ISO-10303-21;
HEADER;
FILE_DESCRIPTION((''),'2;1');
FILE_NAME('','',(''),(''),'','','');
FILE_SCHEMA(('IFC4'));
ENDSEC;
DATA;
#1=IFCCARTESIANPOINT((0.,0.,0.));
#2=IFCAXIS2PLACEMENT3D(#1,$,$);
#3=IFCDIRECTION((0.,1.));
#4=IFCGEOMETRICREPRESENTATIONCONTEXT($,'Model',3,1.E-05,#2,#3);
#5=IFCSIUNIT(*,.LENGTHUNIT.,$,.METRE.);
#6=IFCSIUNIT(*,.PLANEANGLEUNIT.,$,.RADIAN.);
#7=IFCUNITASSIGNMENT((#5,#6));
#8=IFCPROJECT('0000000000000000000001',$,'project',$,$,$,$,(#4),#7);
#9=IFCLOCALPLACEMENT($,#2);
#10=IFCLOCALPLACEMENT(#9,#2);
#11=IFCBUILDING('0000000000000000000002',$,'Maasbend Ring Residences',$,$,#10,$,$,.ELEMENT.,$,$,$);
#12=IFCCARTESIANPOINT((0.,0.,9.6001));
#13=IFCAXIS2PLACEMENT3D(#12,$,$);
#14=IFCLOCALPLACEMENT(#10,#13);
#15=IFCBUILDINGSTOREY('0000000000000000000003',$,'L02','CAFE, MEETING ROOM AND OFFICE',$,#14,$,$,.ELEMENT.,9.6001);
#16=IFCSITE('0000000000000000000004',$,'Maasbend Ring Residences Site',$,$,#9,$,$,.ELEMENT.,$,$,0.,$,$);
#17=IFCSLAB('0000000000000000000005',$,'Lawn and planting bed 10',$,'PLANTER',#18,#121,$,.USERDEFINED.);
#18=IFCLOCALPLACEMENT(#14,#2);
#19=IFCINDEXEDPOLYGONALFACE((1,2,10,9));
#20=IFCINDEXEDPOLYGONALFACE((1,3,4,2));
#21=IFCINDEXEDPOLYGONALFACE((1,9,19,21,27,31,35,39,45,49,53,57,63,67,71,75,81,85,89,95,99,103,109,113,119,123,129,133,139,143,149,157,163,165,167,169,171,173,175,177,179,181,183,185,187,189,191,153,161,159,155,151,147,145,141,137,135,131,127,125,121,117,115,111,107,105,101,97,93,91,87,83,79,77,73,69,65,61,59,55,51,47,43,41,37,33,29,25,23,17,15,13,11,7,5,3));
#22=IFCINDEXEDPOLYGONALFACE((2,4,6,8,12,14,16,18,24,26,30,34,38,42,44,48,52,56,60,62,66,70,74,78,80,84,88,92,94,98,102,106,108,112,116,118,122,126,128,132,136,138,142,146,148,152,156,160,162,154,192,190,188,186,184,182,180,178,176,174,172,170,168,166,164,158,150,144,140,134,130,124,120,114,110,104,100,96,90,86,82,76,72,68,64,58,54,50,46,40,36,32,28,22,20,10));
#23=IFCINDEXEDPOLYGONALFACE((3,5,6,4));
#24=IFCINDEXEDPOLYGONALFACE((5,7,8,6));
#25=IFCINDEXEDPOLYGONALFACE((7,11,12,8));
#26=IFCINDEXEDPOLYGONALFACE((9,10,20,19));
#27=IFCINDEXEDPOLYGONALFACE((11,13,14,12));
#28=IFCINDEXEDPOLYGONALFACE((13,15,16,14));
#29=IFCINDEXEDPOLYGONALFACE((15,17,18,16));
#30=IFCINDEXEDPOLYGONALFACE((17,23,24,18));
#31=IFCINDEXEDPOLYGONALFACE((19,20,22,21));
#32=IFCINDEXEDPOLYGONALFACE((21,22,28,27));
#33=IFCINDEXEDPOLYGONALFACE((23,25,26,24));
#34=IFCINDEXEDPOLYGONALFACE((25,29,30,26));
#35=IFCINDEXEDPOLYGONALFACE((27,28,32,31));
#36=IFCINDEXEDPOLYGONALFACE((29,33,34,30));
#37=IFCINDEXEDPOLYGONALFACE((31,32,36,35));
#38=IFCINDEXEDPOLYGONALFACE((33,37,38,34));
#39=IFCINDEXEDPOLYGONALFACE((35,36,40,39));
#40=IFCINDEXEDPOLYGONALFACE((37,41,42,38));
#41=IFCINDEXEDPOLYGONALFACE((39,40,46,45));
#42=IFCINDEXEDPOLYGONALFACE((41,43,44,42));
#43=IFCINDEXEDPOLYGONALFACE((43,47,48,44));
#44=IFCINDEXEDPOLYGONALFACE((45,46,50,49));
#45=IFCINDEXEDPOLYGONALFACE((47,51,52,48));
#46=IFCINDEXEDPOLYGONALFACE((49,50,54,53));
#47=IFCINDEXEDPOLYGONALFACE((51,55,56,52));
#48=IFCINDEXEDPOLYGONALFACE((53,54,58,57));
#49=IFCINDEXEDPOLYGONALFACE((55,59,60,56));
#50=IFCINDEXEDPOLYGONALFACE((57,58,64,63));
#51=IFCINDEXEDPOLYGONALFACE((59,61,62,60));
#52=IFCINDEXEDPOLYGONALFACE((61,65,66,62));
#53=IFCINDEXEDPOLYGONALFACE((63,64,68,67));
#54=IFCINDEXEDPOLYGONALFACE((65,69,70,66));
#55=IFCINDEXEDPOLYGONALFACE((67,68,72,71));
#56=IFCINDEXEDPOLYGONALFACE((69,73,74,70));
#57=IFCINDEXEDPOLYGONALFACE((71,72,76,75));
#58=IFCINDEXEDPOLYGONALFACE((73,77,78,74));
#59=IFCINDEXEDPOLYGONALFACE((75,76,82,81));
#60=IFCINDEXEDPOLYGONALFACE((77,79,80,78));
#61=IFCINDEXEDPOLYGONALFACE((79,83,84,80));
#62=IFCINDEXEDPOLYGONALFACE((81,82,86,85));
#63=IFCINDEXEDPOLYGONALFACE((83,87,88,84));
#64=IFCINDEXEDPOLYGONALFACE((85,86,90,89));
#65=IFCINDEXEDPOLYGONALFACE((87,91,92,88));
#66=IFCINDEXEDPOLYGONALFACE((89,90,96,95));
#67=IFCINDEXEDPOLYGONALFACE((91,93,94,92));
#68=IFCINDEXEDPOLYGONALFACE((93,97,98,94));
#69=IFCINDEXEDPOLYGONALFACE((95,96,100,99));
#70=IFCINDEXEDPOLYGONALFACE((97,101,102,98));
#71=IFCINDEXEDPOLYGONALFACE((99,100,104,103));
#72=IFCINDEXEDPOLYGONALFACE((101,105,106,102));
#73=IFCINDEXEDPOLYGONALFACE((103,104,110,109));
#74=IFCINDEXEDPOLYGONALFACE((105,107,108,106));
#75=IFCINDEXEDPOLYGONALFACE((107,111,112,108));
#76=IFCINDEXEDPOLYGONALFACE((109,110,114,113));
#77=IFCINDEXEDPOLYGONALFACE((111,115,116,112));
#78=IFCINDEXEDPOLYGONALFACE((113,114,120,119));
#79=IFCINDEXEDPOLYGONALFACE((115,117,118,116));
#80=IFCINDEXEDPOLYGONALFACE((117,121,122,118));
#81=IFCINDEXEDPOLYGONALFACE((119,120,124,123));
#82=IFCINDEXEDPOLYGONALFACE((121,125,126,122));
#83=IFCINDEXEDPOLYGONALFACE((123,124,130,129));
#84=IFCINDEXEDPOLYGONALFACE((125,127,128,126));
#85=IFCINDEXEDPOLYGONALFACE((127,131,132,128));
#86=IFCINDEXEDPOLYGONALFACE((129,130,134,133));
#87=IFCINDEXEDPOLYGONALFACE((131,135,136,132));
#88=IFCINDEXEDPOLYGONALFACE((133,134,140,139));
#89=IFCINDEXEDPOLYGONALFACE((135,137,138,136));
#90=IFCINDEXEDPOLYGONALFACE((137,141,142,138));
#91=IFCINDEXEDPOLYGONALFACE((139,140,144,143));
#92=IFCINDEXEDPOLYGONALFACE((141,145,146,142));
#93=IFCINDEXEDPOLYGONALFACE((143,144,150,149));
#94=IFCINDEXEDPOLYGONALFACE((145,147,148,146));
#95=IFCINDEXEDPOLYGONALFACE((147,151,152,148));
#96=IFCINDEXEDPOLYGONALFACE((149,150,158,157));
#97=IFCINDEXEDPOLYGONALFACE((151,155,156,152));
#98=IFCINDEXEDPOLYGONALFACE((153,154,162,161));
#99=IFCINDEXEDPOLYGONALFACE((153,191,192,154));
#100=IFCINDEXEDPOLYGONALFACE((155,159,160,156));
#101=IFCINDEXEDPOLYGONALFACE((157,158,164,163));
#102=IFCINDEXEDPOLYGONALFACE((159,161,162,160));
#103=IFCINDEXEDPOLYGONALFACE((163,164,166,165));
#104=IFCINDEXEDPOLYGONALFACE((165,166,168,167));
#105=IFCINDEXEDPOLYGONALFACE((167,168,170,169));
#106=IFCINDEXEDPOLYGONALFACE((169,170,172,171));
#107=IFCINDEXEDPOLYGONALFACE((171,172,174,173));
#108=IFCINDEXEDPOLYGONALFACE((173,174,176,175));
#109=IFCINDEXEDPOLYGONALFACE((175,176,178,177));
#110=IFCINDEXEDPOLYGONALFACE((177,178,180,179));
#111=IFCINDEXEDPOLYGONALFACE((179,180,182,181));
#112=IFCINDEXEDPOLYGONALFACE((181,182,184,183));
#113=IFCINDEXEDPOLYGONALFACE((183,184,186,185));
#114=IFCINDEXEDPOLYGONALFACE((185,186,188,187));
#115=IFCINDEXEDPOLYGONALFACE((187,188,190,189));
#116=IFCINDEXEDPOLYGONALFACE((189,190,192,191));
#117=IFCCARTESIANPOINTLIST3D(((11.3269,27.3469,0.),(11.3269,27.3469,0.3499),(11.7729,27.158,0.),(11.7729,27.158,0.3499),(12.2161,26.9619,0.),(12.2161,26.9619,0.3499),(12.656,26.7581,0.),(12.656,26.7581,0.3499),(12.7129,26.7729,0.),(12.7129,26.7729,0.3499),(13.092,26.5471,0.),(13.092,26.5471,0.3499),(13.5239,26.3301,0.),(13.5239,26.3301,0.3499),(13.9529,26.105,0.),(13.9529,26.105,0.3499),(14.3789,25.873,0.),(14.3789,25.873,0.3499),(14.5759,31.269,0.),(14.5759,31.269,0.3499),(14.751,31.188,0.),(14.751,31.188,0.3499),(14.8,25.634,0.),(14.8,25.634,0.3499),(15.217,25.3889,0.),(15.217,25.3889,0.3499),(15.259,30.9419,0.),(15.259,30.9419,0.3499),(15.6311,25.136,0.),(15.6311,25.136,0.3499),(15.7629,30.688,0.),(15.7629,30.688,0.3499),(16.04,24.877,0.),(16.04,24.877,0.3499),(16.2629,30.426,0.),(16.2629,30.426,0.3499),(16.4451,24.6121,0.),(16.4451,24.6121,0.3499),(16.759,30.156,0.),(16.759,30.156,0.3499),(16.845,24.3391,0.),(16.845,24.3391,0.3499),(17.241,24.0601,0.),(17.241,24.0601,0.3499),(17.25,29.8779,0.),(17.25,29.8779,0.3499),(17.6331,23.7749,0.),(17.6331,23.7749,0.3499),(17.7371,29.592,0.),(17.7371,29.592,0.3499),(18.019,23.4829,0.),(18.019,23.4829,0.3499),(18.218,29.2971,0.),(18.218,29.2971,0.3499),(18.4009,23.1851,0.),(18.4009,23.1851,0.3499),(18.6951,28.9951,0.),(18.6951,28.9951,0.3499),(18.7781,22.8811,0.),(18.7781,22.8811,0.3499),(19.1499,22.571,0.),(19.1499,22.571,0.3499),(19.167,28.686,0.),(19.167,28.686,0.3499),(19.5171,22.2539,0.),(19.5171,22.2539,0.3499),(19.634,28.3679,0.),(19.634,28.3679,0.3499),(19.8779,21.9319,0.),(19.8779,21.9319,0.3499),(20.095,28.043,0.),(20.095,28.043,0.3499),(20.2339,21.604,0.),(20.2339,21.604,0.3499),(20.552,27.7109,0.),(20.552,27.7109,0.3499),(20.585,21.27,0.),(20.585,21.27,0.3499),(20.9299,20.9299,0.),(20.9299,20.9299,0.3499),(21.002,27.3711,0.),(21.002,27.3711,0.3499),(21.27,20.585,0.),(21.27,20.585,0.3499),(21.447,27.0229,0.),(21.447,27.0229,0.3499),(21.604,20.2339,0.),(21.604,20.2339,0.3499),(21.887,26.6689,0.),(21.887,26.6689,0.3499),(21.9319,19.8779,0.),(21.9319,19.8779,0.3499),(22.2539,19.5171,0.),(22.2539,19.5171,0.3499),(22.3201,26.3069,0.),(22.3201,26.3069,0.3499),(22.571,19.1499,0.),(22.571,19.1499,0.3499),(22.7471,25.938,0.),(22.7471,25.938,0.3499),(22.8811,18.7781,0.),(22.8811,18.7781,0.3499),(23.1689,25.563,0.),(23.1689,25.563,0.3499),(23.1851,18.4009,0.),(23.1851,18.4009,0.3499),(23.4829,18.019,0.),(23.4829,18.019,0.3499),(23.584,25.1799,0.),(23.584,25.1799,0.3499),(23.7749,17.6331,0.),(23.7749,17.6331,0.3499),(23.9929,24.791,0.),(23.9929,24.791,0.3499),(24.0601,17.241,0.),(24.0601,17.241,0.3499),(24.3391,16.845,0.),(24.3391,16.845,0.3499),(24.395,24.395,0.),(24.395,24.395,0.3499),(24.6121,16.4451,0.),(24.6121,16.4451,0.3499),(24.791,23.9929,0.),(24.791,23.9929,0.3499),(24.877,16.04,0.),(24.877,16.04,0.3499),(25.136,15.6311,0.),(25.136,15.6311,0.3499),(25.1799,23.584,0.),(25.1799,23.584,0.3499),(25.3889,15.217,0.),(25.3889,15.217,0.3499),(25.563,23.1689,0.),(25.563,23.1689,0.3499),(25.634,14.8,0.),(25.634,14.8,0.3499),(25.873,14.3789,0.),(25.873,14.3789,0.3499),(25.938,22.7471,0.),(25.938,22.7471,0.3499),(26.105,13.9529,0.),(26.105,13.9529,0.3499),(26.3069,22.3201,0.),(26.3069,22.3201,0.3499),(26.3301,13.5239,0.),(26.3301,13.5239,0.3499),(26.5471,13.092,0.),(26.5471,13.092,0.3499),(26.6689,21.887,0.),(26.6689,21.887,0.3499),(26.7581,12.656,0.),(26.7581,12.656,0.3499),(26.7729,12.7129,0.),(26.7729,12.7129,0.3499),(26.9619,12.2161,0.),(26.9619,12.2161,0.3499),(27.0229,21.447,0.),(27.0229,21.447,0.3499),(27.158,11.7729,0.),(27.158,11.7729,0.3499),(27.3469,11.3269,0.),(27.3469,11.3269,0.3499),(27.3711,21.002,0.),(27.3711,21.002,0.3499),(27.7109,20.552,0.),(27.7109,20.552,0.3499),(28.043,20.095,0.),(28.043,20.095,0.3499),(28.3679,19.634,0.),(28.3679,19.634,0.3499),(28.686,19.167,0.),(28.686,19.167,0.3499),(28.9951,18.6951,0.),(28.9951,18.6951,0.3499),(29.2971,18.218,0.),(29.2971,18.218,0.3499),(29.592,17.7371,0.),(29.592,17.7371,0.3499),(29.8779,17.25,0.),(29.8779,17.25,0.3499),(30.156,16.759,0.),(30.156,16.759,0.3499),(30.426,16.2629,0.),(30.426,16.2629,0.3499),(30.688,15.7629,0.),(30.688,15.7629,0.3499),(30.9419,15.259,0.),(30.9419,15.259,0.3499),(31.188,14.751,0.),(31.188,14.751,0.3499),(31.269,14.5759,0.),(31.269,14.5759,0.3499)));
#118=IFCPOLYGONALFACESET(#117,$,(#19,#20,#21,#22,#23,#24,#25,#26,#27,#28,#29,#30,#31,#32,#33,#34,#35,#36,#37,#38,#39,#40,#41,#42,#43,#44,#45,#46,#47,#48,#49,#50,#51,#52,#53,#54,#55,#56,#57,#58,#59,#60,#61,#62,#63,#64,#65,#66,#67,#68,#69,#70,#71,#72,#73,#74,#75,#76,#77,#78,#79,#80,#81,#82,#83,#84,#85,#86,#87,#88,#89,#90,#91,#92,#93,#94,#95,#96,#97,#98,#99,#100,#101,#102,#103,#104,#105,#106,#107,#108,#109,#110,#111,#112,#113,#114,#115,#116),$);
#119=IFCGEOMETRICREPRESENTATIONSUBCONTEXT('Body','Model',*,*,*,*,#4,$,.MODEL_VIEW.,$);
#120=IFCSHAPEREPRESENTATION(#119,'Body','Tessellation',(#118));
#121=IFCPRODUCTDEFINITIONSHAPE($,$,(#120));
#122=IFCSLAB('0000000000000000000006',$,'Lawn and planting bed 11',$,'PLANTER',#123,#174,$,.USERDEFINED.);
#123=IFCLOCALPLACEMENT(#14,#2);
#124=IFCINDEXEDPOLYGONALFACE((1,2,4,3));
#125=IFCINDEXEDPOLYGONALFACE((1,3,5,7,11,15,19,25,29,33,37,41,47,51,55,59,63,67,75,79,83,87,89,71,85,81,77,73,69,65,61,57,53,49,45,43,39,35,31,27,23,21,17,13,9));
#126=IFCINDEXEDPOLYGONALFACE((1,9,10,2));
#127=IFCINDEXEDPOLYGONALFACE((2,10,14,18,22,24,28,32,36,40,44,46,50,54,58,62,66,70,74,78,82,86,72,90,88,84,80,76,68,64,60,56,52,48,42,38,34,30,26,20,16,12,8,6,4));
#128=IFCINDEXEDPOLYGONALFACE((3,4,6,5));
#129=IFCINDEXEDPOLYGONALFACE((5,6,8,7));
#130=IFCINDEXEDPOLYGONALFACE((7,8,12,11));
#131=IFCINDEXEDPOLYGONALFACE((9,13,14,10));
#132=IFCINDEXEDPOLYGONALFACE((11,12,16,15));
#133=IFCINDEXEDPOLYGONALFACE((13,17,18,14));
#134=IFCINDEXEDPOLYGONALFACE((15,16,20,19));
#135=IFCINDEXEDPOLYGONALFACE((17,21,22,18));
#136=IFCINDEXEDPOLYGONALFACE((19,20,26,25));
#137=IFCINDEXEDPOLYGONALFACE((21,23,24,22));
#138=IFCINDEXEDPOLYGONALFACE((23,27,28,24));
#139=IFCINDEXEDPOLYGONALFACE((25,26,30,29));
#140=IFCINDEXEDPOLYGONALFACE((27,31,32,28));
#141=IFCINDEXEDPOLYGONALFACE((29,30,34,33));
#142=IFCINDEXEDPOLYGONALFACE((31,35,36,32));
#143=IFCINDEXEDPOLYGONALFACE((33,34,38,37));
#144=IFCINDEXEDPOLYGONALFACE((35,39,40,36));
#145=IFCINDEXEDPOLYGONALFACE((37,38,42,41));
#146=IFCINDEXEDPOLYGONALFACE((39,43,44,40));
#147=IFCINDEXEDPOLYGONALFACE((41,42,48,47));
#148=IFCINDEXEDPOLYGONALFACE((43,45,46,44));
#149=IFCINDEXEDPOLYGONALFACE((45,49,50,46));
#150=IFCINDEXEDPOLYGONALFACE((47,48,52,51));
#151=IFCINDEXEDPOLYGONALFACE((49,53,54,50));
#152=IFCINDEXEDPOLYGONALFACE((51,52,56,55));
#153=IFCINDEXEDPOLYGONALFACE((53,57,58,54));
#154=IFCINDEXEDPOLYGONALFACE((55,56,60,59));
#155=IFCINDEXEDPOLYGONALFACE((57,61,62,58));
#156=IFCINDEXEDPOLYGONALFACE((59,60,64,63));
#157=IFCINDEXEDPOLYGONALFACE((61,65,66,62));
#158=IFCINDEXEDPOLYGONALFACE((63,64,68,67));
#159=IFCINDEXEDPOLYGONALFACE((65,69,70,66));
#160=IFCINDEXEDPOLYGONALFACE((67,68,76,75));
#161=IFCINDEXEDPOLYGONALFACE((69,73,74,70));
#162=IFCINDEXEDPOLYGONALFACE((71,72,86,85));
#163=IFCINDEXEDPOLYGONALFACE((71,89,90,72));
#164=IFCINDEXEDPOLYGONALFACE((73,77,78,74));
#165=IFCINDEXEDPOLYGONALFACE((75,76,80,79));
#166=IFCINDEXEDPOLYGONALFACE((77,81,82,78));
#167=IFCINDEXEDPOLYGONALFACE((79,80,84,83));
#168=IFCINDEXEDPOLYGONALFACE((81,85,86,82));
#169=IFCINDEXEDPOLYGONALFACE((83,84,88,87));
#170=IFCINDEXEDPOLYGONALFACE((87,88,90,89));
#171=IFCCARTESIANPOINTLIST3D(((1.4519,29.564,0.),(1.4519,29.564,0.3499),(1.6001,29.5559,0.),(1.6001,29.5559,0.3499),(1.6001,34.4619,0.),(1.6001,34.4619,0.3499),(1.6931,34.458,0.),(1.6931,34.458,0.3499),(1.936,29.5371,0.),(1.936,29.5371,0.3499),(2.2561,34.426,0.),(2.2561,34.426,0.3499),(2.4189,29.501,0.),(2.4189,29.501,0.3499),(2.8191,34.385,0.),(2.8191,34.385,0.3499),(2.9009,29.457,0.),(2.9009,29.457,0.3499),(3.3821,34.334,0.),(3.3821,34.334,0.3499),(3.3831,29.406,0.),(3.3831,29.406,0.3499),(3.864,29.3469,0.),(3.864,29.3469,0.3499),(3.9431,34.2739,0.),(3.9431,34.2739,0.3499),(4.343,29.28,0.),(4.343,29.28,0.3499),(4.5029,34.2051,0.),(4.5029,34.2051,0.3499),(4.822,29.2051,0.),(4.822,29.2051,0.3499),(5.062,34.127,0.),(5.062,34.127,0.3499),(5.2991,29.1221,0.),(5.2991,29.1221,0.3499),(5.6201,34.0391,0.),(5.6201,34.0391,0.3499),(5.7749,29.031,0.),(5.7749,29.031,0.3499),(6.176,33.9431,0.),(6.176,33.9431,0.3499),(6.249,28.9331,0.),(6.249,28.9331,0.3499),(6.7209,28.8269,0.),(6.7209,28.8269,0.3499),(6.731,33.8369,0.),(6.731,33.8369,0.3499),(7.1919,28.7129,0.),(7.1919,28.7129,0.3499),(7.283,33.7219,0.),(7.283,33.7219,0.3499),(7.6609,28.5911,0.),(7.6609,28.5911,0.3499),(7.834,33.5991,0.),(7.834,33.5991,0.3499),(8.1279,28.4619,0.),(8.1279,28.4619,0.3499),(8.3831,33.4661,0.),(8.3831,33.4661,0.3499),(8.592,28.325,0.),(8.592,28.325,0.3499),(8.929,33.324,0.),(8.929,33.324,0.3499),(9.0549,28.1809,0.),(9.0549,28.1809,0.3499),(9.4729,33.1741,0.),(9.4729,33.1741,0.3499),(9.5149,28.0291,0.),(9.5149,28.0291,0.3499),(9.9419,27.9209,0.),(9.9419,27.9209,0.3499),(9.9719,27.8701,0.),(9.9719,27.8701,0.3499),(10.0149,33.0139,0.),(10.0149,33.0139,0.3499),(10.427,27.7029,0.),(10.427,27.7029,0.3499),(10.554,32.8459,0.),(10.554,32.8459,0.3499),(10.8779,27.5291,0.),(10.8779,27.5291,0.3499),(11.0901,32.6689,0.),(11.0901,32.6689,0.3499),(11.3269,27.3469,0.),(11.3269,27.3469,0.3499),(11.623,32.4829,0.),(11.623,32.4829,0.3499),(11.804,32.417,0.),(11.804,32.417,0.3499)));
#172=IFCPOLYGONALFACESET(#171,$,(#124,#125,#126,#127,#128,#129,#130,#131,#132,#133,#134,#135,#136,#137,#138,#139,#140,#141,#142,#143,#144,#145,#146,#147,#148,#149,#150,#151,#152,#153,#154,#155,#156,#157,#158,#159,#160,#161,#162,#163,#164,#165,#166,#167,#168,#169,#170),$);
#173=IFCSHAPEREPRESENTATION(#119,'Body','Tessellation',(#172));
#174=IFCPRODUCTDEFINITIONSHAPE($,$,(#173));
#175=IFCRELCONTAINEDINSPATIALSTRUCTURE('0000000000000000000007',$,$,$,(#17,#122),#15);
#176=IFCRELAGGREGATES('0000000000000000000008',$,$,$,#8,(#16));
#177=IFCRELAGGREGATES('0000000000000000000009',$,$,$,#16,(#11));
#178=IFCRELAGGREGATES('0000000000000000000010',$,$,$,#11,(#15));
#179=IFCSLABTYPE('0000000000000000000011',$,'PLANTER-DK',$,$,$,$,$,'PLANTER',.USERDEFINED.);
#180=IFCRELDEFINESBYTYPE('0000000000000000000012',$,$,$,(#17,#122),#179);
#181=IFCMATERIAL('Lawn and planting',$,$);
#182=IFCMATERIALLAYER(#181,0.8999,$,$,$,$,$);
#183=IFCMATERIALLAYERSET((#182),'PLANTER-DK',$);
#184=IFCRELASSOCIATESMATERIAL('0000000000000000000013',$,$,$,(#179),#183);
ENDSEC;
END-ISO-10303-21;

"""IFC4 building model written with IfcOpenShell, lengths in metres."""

from ifc_helpers import new_model, si_unit, direction, frame, origin, place, context, subcontext, project, spatial, polyline, outline, extrude, material, layer, layer_set, type_object, element, save


model = new_model("IFC4")

# Units and contexts
model_context = context("Model", 3, precision=1e-05, world=origin(), true_north=direction((0.0, 1.0)))
body_context = subcontext(model_context, "Body", "Model", "MODEL_VIEW")
ifc_project = project(units=[si_unit("LENGTHUNIT", "METRE"), si_unit("PLANEANGLEUNIT", "RADIAN")], contexts=[model_context])

# Site, building, storey
site_placement = place(None, origin())
site = spatial("IfcSite", under=ifc_project, at=site_placement, Name="Maasbend Ring Residences Site", CompositionType="ELEMENT", RefElevation=0.0)
building_placement = place(site_placement, origin())
building = spatial("IfcBuilding", under=site, at=building_placement, Name="Maasbend Ring Residences", CompositionType="ELEMENT")
storey_placement = place(building_placement, frame((0.0, 0.0, 9.6001)))
storey = spatial("IfcBuildingStorey", under=building, at=storey_placement, Name="L02", Description="CAFE, MEETING ROOM AND OFFICE", CompositionType="ELEMENT", Elevation=9.6001)

# Slabs
ifc_material = material(Name="Lawn and planting")
ifc_layer = layer(ifc_material, 0.8999)
ifc_layer_set = layer_set([ifc_layer], Name="PLANTER-DK")
slab_type = type_object("IfcSlabType", Name="PLANTER-DK", ElementType="PLANTER", PredefinedType="USERDEFINED", material=ifc_layer_set)
slab_1_placement = place(storey_placement, origin())
element("IfcSlab", 1, at=slab_1_placement, inside=storey, type_object=slab_type, Name="Lawn and planting bed 10", ObjectType="PLANTER", PredefinedType="USERDEFINED", context=body_context, shape_type="SweptSolid", body=[
    extrude(outline(polyline([(26.9619, 12.2161), (26.7581, 12.656), (26.5471, 13.092), (26.3301, 13.5239), (26.105, 13.9529), (25.873, 14.3789), (25.634, 14.8), (25.3889, 15.217), (25.136, 15.6311), (24.877, 16.04), (24.6121, 16.4451), (24.3391, 16.845), (24.0601, 17.241), (23.7749, 17.6331), (23.4829, 18.019), (23.1851, 18.4009), (22.8811, 18.7781), (22.571, 19.1499), (22.2539, 19.5171), (21.9319, 19.8779), (21.604, 20.2339), (21.27, 20.585), (20.9299, 20.9299), (20.585, 21.27), (20.2339, 21.604), (19.8779, 21.9319), (19.5171, 22.2539), (19.1499, 22.571), (18.7781, 22.8811), (18.4009, 23.1851), (18.019, 23.4829), (17.6331, 23.7749), (17.241, 24.0601), (16.845, 24.3391), (16.4451, 24.6121), (16.04, 24.877), (15.6311, 25.136), (15.217, 25.3889), (14.8, 25.634), (14.3789, 25.873), (13.9529, 26.105), (13.5239, 26.3301), (13.092, 26.5471), (12.656, 26.7581), (12.2161, 26.9619), (11.7729, 27.158), (11.3269, 27.3469), (12.7129, 26.7729), (14.5759, 31.269), (14.751, 31.188), (15.259, 30.9419), (15.7629, 30.688), (16.2629, 30.426), (16.759, 30.156), (17.25, 29.8779), (17.7371, 29.592), (18.218, 29.2971), (18.6951, 28.9951), (19.167, 28.686), (19.634, 28.3679), (20.095, 28.043), (20.552, 27.7109), (21.002, 27.3711), (21.447, 27.0229), (21.887, 26.6689), (22.3201, 26.3069), (22.7471, 25.938), (23.1689, 25.563), (23.584, 25.1799), (23.9929, 24.791), (24.395, 24.395), (24.791, 23.9929), (25.1799, 23.584), (25.563, 23.1689), (25.938, 22.7471), (26.3069, 22.3201), (26.6689, 21.887), (27.0229, 21.447), (27.3711, 21.002), (27.7109, 20.552), (28.043, 20.095), (28.3679, 19.634), (28.686, 19.167), (28.9951, 18.6951), (29.2971, 18.218), (29.592, 17.7371), (29.8779, 17.25), (30.156, 16.759), (30.426, 16.2629), (30.688, 15.7629), (30.9419, 15.259), (31.188, 14.751), (31.269, 14.5759), (26.7729, 12.7129), (27.3469, 11.3269), (27.158, 11.7729), (26.9619, 12.2161)])), origin(), (0.0, 0.0, 1.0), 0.3499),
])
slab_2_placement = place(storey_placement, origin())
element("IfcSlab", 2, at=slab_2_placement, inside=storey, type_object=slab_type, Name="Lawn and planting bed 11", ObjectType="PLANTER", PredefinedType="USERDEFINED", context=body_context, shape_type="SweptSolid", body=[
    extrude(outline(polyline([(10.427, 27.7029), (9.9719, 27.8701), (9.5149, 28.0291), (9.0549, 28.1809), (8.592, 28.325), (8.1279, 28.4619), (7.6609, 28.5911), (7.1919, 28.7129), (6.7209, 28.8269), (6.249, 28.9331), (5.7749, 29.031), (5.2991, 29.1221), (4.822, 29.2051), (4.343, 29.28), (3.864, 29.3469), (3.3831, 29.406), (2.9009, 29.457), (2.4189, 29.501), (1.936, 29.5371), (1.4519, 29.564), (1.6001, 29.5559), (1.6001, 34.4619), (1.6931, 34.458), (2.2561, 34.426), (2.8191, 34.385), (3.3821, 34.334), (3.9431, 34.2739), (4.5029, 34.2051), (5.062, 34.127), (5.6201, 34.0391), (6.176, 33.9431), (6.731, 33.8369), (7.283, 33.7219), (7.834, 33.5991), (8.3831, 33.4661), (8.929, 33.324), (9.4729, 33.1741), (10.0149, 33.0139), (10.554, 32.8459), (11.0901, 32.6689), (11.623, 32.4829), (11.804, 32.417), (9.9419, 27.9209), (11.3269, 27.3469), (10.8779, 27.5291), (10.427, 27.7029)])), origin(), (0.0, 0.0, 1.0), 0.3499),
])

save(model, "model.ifc")
